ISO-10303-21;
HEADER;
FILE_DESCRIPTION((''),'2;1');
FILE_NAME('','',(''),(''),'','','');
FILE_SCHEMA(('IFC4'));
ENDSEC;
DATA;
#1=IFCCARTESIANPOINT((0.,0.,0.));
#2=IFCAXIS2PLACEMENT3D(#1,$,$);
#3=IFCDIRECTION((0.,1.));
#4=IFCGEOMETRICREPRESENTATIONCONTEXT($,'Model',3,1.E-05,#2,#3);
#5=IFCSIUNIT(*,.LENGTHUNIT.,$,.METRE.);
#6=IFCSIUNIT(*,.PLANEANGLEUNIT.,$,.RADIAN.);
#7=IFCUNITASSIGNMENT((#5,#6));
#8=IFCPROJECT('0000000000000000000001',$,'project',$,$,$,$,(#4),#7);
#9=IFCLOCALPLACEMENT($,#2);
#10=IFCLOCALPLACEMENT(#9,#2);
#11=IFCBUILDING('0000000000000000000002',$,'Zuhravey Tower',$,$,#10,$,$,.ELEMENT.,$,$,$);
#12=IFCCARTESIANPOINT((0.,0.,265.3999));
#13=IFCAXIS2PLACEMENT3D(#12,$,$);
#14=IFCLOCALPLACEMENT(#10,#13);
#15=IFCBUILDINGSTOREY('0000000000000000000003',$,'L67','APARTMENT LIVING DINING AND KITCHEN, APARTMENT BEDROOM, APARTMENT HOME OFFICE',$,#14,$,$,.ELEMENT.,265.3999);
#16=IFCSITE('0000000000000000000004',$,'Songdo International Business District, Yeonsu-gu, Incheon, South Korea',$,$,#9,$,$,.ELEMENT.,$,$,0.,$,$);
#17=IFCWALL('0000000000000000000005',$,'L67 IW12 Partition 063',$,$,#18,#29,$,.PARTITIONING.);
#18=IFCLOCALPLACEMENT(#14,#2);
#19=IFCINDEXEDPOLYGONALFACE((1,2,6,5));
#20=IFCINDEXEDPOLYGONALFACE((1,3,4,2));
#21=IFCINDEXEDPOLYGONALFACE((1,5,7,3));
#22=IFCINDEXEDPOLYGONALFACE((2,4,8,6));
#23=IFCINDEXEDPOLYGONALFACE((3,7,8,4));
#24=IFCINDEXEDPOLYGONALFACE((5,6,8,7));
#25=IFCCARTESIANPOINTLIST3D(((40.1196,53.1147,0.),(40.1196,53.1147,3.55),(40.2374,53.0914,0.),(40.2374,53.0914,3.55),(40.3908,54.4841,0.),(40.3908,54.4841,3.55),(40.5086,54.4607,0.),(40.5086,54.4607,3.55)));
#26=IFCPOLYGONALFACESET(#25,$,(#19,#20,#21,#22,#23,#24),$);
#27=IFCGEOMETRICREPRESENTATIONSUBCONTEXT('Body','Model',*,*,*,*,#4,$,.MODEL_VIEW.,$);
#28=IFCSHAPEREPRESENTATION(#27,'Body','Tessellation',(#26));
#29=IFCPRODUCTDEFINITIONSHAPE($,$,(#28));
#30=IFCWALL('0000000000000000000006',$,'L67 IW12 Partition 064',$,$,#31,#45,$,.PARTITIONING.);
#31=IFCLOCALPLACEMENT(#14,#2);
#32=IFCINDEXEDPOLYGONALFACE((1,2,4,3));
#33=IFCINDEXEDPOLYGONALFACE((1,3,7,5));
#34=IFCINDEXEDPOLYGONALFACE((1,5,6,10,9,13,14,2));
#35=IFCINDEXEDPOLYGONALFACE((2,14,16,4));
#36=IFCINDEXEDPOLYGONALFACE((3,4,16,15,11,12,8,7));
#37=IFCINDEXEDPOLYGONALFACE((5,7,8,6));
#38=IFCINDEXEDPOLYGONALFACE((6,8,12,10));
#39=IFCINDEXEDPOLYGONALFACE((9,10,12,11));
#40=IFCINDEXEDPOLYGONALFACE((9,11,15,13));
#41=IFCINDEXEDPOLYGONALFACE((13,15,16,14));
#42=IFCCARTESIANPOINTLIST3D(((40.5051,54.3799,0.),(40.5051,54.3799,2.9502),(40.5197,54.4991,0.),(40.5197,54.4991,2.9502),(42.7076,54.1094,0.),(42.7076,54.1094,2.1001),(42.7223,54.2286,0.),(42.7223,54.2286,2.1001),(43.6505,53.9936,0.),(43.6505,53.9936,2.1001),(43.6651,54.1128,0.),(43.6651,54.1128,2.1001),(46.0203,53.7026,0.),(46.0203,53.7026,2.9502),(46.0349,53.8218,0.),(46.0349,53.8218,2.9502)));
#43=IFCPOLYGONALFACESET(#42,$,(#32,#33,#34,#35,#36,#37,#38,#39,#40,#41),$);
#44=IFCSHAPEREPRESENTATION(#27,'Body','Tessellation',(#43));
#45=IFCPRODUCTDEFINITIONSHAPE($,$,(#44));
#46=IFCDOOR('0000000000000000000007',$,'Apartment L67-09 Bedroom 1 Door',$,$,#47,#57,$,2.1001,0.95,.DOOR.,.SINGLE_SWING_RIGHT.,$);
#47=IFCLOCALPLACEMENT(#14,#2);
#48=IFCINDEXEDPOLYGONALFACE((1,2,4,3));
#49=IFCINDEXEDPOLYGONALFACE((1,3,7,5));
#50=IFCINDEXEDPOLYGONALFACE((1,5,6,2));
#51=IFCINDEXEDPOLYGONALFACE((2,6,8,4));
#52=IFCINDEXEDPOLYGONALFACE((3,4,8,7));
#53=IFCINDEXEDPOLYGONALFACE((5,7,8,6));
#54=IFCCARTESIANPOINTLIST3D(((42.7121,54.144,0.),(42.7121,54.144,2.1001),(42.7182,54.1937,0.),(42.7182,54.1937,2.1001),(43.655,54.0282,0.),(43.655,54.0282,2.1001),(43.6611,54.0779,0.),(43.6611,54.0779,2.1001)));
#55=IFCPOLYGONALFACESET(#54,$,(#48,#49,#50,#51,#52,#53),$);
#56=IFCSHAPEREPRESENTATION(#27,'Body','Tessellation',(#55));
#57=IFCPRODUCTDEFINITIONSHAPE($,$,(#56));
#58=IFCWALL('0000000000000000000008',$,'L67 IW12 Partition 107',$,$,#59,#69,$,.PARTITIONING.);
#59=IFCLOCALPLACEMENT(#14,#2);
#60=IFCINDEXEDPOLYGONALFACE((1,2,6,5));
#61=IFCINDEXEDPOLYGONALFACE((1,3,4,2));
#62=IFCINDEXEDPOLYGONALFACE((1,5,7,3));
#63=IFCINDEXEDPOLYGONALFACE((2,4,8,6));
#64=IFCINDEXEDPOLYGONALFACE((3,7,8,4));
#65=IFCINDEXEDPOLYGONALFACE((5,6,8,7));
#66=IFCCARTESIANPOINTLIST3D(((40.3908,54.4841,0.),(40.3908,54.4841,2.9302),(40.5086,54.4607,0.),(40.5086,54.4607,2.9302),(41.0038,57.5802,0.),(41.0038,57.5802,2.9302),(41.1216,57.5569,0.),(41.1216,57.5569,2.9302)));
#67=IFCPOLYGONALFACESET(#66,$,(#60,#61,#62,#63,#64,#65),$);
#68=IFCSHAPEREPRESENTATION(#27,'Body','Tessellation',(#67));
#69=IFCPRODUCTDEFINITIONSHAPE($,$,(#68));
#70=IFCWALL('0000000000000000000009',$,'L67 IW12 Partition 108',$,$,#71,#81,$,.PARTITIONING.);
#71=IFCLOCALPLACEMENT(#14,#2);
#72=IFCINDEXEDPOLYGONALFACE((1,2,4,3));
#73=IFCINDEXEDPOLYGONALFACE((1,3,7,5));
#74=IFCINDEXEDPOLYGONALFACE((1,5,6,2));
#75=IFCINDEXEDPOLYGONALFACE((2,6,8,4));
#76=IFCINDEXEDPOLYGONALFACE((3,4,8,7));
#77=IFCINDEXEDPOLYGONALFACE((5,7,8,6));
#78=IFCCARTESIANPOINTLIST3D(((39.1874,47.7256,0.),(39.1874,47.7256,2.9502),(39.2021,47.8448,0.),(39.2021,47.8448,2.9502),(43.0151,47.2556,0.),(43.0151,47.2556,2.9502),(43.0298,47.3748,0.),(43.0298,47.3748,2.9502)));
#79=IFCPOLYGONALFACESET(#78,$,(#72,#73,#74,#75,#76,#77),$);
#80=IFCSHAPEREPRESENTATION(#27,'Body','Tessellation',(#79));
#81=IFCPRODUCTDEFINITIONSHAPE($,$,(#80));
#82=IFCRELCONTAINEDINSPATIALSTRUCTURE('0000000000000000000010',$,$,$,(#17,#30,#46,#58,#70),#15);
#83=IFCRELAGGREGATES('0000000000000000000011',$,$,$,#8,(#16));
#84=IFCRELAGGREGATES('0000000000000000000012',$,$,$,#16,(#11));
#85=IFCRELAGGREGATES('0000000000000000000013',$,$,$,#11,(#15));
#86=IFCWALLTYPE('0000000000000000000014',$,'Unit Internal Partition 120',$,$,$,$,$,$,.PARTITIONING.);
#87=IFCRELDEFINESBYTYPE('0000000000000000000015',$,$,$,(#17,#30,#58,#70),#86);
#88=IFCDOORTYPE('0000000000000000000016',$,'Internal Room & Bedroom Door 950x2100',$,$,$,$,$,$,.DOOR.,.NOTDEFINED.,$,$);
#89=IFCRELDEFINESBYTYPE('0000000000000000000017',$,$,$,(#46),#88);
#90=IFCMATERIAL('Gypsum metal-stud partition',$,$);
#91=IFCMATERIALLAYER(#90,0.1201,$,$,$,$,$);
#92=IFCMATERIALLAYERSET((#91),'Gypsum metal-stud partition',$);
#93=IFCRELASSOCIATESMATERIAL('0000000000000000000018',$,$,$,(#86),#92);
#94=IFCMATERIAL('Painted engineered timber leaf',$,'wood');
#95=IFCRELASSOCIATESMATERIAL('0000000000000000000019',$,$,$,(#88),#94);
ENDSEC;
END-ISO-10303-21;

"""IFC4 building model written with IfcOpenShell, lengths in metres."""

from ifc_helpers import new_model, si_unit, direction, frame, frame_2d, origin, place, context, subcontext, project, spatial, rectangle, extrude, material, layer, layer_set, type_object, element, fill, save


model = new_model("IFC4")

# Units and contexts
model_context = context("Model", 3, precision=1e-05, world=origin(), true_north=direction((0.0, 1.0)))
body_context = subcontext(model_context, "Body", "Model", "MODEL_VIEW")
ifc_project = project(units=[si_unit("LENGTHUNIT", "METRE"), si_unit("PLANEANGLEUNIT", "RADIAN")], contexts=[model_context])

# Site, building, storey
site_placement = place(None, origin())
site = spatial("IfcSite", under=ifc_project, at=site_placement, Name="Songdo International Business District, Yeonsu-gu, Incheon, South Korea", CompositionType="ELEMENT", RefElevation=0.0)
building_placement = place(site_placement, origin())
building = spatial("IfcBuilding", under=site, at=building_placement, Name="Zuhravey Tower", CompositionType="ELEMENT")
storey_placement = place(building_placement, frame((0.0, 0.0, 265.3999)))
storey = spatial("IfcBuildingStorey", under=building, at=storey_placement, Name="L67", Description="APARTMENT LIVING DINING AND KITCHEN, APARTMENT BEDROOM, APARTMENT HOME OFFICE", CompositionType="ELEMENT", Elevation=265.3999)

# Shared definitions
ifc_material_1 = material(Name="Gypsum metal-stud partition")
ifc_layer_1 = layer(ifc_material_1, 0.1201)
ifc_layer_set_1 = layer_set([ifc_layer_1], Name="Gypsum metal-stud partition")
wall_type_1 = type_object("IfcWallType", Name="Unit Internal Partition 120", PredefinedType="PARTITIONING", material=ifc_layer_set_1)
ifc_material_2 = material(Name="Painted engineered timber leaf", Category="wood")
door_type_1 = type_object("IfcDoorType", Name="Internal Room & Bedroom Door 950x2100", OperationType="NOTDEFINED", PredefinedType="DOOR", material=ifc_material_2)

# Wall
wall_1_placement = place(storey_placement, frame((40.1785, 53.103, 0.0), z_axis=(0.0, 0.0, 1.0), x_axis=(0.1943, 0.980942, 0.0)))
element("IfcWall", 1, at=wall_1_placement, inside=storey, type_object=wall_type_1, Name="L67 IW12 Partition 063", PredefinedType="PARTITIONING", context=body_context, shape_type="SweptSolid", body=[
    extrude(rectangle(XDim=1.396, YDim=0.1201, at=frame_2d((0.698, 0.0))), origin(), (0.0, 0.0, 1.0), 3.55),
])

# Wall, opening, door
wall_2_placement = place(storey_placement, frame((46.0276, 53.7622, 0.0), z_axis=(0.0, 0.0, 1.0), x_axis=(-0.992545, 0.121882, 0.0)))
wall_2 = element("IfcWall", 2, at=wall_2_placement, inside=storey, type_object=wall_type_1, Name="L67 IW12 Partition 064", PredefinedType="PARTITIONING", context=body_context, shape_type="SweptSolid", body=[
    extrude(rectangle(XDim=5.5566, YDim=0.1201, at=frame_2d((2.7783, 0.0))), origin(), (0.0, 0.0, 1.0), 2.9502),
])
opening_1_placement = place(wall_2_placement, frame((2.3875, 0.0, 0.0)))
opening_1 = element("IfcOpeningElement", 3, at=opening_1_placement, cuts=wall_2, PredefinedType="OPENING", context=body_context, shape_type="SweptSolid", body=[
    extrude(rectangle(XDim=0.95, YDim=2.1001, at=frame_2d((0.4751, 1.05))), frame((0.0, 0.072, 0.0), z_axis=(0.0, -1.0, 0.0), x_axis=(1.0, 0.0, 0.0)), (0.0, 0.0, 1.0), 0.144),
])
door_1_placement = place(opening_1_placement, frame((0.95, 0.0, 0.0), z_axis=(0.0, 0.0, 1.0), x_axis=(-1.0, 0.0, 0.0)))
door_1 = element("IfcDoor", 4, at=door_1_placement, inside=storey, type_object=door_type_1, Name="Apartment L67-09 Bedroom 1 Door", OperationType="SINGLE_SWING_RIGHT", OverallHeight=2.1001, OverallWidth=0.95, PredefinedType="DOOR", context=body_context, shape_type="SweptSolid", body=[
    extrude(rectangle(XDim=0.95, YDim=2.1001, at=frame_2d((0.4751, 1.05))), frame((0.0, 0.0249, 0.0), z_axis=(0.0, -1.0, 0.0), x_axis=(1.0, 0.0, 0.0)), (0.0, 0.0, 1.0), 0.05),
])
fill(opening_1, door_1)

# Walls
wall_3_placement = place(storey_placement, frame((40.4497, 54.4724, 0.0), z_axis=(0.0, 0.0, 1.0), x_axis=(0.194227, 0.980957, 0.0)))
element("IfcWall", 5, at=wall_3_placement, inside=storey, type_object=wall_type_1, Name="L67 IW12 Partition 107", PredefinedType="PARTITIONING", context=body_context, shape_type="SweptSolid", body=[
    extrude(rectangle(XDim=3.1562, YDim=0.1201, at=frame_2d((1.5781, 0.0))), origin(), (0.0, 0.0, 1.0), 2.9302),
])
wall_4_placement = place(storey_placement, frame((43.0225, 47.3152, 0.0), z_axis=(0.0, 0.0, 1.0), x_axis=(-0.992546, 0.121868, 0.0)))
element("IfcWall", 6, at=wall_4_placement, inside=storey, type_object=wall_type_1, Name="L67 IW12 Partition 108", PredefinedType="PARTITIONING", context=body_context, shape_type="SweptSolid", body=[
    extrude(rectangle(XDim=3.8564, YDim=0.1201, at=frame_2d((1.9282, 0.0))), origin(), (0.0, 0.0, 1.0), 2.9502),
])

save(model, "model.ifc")
